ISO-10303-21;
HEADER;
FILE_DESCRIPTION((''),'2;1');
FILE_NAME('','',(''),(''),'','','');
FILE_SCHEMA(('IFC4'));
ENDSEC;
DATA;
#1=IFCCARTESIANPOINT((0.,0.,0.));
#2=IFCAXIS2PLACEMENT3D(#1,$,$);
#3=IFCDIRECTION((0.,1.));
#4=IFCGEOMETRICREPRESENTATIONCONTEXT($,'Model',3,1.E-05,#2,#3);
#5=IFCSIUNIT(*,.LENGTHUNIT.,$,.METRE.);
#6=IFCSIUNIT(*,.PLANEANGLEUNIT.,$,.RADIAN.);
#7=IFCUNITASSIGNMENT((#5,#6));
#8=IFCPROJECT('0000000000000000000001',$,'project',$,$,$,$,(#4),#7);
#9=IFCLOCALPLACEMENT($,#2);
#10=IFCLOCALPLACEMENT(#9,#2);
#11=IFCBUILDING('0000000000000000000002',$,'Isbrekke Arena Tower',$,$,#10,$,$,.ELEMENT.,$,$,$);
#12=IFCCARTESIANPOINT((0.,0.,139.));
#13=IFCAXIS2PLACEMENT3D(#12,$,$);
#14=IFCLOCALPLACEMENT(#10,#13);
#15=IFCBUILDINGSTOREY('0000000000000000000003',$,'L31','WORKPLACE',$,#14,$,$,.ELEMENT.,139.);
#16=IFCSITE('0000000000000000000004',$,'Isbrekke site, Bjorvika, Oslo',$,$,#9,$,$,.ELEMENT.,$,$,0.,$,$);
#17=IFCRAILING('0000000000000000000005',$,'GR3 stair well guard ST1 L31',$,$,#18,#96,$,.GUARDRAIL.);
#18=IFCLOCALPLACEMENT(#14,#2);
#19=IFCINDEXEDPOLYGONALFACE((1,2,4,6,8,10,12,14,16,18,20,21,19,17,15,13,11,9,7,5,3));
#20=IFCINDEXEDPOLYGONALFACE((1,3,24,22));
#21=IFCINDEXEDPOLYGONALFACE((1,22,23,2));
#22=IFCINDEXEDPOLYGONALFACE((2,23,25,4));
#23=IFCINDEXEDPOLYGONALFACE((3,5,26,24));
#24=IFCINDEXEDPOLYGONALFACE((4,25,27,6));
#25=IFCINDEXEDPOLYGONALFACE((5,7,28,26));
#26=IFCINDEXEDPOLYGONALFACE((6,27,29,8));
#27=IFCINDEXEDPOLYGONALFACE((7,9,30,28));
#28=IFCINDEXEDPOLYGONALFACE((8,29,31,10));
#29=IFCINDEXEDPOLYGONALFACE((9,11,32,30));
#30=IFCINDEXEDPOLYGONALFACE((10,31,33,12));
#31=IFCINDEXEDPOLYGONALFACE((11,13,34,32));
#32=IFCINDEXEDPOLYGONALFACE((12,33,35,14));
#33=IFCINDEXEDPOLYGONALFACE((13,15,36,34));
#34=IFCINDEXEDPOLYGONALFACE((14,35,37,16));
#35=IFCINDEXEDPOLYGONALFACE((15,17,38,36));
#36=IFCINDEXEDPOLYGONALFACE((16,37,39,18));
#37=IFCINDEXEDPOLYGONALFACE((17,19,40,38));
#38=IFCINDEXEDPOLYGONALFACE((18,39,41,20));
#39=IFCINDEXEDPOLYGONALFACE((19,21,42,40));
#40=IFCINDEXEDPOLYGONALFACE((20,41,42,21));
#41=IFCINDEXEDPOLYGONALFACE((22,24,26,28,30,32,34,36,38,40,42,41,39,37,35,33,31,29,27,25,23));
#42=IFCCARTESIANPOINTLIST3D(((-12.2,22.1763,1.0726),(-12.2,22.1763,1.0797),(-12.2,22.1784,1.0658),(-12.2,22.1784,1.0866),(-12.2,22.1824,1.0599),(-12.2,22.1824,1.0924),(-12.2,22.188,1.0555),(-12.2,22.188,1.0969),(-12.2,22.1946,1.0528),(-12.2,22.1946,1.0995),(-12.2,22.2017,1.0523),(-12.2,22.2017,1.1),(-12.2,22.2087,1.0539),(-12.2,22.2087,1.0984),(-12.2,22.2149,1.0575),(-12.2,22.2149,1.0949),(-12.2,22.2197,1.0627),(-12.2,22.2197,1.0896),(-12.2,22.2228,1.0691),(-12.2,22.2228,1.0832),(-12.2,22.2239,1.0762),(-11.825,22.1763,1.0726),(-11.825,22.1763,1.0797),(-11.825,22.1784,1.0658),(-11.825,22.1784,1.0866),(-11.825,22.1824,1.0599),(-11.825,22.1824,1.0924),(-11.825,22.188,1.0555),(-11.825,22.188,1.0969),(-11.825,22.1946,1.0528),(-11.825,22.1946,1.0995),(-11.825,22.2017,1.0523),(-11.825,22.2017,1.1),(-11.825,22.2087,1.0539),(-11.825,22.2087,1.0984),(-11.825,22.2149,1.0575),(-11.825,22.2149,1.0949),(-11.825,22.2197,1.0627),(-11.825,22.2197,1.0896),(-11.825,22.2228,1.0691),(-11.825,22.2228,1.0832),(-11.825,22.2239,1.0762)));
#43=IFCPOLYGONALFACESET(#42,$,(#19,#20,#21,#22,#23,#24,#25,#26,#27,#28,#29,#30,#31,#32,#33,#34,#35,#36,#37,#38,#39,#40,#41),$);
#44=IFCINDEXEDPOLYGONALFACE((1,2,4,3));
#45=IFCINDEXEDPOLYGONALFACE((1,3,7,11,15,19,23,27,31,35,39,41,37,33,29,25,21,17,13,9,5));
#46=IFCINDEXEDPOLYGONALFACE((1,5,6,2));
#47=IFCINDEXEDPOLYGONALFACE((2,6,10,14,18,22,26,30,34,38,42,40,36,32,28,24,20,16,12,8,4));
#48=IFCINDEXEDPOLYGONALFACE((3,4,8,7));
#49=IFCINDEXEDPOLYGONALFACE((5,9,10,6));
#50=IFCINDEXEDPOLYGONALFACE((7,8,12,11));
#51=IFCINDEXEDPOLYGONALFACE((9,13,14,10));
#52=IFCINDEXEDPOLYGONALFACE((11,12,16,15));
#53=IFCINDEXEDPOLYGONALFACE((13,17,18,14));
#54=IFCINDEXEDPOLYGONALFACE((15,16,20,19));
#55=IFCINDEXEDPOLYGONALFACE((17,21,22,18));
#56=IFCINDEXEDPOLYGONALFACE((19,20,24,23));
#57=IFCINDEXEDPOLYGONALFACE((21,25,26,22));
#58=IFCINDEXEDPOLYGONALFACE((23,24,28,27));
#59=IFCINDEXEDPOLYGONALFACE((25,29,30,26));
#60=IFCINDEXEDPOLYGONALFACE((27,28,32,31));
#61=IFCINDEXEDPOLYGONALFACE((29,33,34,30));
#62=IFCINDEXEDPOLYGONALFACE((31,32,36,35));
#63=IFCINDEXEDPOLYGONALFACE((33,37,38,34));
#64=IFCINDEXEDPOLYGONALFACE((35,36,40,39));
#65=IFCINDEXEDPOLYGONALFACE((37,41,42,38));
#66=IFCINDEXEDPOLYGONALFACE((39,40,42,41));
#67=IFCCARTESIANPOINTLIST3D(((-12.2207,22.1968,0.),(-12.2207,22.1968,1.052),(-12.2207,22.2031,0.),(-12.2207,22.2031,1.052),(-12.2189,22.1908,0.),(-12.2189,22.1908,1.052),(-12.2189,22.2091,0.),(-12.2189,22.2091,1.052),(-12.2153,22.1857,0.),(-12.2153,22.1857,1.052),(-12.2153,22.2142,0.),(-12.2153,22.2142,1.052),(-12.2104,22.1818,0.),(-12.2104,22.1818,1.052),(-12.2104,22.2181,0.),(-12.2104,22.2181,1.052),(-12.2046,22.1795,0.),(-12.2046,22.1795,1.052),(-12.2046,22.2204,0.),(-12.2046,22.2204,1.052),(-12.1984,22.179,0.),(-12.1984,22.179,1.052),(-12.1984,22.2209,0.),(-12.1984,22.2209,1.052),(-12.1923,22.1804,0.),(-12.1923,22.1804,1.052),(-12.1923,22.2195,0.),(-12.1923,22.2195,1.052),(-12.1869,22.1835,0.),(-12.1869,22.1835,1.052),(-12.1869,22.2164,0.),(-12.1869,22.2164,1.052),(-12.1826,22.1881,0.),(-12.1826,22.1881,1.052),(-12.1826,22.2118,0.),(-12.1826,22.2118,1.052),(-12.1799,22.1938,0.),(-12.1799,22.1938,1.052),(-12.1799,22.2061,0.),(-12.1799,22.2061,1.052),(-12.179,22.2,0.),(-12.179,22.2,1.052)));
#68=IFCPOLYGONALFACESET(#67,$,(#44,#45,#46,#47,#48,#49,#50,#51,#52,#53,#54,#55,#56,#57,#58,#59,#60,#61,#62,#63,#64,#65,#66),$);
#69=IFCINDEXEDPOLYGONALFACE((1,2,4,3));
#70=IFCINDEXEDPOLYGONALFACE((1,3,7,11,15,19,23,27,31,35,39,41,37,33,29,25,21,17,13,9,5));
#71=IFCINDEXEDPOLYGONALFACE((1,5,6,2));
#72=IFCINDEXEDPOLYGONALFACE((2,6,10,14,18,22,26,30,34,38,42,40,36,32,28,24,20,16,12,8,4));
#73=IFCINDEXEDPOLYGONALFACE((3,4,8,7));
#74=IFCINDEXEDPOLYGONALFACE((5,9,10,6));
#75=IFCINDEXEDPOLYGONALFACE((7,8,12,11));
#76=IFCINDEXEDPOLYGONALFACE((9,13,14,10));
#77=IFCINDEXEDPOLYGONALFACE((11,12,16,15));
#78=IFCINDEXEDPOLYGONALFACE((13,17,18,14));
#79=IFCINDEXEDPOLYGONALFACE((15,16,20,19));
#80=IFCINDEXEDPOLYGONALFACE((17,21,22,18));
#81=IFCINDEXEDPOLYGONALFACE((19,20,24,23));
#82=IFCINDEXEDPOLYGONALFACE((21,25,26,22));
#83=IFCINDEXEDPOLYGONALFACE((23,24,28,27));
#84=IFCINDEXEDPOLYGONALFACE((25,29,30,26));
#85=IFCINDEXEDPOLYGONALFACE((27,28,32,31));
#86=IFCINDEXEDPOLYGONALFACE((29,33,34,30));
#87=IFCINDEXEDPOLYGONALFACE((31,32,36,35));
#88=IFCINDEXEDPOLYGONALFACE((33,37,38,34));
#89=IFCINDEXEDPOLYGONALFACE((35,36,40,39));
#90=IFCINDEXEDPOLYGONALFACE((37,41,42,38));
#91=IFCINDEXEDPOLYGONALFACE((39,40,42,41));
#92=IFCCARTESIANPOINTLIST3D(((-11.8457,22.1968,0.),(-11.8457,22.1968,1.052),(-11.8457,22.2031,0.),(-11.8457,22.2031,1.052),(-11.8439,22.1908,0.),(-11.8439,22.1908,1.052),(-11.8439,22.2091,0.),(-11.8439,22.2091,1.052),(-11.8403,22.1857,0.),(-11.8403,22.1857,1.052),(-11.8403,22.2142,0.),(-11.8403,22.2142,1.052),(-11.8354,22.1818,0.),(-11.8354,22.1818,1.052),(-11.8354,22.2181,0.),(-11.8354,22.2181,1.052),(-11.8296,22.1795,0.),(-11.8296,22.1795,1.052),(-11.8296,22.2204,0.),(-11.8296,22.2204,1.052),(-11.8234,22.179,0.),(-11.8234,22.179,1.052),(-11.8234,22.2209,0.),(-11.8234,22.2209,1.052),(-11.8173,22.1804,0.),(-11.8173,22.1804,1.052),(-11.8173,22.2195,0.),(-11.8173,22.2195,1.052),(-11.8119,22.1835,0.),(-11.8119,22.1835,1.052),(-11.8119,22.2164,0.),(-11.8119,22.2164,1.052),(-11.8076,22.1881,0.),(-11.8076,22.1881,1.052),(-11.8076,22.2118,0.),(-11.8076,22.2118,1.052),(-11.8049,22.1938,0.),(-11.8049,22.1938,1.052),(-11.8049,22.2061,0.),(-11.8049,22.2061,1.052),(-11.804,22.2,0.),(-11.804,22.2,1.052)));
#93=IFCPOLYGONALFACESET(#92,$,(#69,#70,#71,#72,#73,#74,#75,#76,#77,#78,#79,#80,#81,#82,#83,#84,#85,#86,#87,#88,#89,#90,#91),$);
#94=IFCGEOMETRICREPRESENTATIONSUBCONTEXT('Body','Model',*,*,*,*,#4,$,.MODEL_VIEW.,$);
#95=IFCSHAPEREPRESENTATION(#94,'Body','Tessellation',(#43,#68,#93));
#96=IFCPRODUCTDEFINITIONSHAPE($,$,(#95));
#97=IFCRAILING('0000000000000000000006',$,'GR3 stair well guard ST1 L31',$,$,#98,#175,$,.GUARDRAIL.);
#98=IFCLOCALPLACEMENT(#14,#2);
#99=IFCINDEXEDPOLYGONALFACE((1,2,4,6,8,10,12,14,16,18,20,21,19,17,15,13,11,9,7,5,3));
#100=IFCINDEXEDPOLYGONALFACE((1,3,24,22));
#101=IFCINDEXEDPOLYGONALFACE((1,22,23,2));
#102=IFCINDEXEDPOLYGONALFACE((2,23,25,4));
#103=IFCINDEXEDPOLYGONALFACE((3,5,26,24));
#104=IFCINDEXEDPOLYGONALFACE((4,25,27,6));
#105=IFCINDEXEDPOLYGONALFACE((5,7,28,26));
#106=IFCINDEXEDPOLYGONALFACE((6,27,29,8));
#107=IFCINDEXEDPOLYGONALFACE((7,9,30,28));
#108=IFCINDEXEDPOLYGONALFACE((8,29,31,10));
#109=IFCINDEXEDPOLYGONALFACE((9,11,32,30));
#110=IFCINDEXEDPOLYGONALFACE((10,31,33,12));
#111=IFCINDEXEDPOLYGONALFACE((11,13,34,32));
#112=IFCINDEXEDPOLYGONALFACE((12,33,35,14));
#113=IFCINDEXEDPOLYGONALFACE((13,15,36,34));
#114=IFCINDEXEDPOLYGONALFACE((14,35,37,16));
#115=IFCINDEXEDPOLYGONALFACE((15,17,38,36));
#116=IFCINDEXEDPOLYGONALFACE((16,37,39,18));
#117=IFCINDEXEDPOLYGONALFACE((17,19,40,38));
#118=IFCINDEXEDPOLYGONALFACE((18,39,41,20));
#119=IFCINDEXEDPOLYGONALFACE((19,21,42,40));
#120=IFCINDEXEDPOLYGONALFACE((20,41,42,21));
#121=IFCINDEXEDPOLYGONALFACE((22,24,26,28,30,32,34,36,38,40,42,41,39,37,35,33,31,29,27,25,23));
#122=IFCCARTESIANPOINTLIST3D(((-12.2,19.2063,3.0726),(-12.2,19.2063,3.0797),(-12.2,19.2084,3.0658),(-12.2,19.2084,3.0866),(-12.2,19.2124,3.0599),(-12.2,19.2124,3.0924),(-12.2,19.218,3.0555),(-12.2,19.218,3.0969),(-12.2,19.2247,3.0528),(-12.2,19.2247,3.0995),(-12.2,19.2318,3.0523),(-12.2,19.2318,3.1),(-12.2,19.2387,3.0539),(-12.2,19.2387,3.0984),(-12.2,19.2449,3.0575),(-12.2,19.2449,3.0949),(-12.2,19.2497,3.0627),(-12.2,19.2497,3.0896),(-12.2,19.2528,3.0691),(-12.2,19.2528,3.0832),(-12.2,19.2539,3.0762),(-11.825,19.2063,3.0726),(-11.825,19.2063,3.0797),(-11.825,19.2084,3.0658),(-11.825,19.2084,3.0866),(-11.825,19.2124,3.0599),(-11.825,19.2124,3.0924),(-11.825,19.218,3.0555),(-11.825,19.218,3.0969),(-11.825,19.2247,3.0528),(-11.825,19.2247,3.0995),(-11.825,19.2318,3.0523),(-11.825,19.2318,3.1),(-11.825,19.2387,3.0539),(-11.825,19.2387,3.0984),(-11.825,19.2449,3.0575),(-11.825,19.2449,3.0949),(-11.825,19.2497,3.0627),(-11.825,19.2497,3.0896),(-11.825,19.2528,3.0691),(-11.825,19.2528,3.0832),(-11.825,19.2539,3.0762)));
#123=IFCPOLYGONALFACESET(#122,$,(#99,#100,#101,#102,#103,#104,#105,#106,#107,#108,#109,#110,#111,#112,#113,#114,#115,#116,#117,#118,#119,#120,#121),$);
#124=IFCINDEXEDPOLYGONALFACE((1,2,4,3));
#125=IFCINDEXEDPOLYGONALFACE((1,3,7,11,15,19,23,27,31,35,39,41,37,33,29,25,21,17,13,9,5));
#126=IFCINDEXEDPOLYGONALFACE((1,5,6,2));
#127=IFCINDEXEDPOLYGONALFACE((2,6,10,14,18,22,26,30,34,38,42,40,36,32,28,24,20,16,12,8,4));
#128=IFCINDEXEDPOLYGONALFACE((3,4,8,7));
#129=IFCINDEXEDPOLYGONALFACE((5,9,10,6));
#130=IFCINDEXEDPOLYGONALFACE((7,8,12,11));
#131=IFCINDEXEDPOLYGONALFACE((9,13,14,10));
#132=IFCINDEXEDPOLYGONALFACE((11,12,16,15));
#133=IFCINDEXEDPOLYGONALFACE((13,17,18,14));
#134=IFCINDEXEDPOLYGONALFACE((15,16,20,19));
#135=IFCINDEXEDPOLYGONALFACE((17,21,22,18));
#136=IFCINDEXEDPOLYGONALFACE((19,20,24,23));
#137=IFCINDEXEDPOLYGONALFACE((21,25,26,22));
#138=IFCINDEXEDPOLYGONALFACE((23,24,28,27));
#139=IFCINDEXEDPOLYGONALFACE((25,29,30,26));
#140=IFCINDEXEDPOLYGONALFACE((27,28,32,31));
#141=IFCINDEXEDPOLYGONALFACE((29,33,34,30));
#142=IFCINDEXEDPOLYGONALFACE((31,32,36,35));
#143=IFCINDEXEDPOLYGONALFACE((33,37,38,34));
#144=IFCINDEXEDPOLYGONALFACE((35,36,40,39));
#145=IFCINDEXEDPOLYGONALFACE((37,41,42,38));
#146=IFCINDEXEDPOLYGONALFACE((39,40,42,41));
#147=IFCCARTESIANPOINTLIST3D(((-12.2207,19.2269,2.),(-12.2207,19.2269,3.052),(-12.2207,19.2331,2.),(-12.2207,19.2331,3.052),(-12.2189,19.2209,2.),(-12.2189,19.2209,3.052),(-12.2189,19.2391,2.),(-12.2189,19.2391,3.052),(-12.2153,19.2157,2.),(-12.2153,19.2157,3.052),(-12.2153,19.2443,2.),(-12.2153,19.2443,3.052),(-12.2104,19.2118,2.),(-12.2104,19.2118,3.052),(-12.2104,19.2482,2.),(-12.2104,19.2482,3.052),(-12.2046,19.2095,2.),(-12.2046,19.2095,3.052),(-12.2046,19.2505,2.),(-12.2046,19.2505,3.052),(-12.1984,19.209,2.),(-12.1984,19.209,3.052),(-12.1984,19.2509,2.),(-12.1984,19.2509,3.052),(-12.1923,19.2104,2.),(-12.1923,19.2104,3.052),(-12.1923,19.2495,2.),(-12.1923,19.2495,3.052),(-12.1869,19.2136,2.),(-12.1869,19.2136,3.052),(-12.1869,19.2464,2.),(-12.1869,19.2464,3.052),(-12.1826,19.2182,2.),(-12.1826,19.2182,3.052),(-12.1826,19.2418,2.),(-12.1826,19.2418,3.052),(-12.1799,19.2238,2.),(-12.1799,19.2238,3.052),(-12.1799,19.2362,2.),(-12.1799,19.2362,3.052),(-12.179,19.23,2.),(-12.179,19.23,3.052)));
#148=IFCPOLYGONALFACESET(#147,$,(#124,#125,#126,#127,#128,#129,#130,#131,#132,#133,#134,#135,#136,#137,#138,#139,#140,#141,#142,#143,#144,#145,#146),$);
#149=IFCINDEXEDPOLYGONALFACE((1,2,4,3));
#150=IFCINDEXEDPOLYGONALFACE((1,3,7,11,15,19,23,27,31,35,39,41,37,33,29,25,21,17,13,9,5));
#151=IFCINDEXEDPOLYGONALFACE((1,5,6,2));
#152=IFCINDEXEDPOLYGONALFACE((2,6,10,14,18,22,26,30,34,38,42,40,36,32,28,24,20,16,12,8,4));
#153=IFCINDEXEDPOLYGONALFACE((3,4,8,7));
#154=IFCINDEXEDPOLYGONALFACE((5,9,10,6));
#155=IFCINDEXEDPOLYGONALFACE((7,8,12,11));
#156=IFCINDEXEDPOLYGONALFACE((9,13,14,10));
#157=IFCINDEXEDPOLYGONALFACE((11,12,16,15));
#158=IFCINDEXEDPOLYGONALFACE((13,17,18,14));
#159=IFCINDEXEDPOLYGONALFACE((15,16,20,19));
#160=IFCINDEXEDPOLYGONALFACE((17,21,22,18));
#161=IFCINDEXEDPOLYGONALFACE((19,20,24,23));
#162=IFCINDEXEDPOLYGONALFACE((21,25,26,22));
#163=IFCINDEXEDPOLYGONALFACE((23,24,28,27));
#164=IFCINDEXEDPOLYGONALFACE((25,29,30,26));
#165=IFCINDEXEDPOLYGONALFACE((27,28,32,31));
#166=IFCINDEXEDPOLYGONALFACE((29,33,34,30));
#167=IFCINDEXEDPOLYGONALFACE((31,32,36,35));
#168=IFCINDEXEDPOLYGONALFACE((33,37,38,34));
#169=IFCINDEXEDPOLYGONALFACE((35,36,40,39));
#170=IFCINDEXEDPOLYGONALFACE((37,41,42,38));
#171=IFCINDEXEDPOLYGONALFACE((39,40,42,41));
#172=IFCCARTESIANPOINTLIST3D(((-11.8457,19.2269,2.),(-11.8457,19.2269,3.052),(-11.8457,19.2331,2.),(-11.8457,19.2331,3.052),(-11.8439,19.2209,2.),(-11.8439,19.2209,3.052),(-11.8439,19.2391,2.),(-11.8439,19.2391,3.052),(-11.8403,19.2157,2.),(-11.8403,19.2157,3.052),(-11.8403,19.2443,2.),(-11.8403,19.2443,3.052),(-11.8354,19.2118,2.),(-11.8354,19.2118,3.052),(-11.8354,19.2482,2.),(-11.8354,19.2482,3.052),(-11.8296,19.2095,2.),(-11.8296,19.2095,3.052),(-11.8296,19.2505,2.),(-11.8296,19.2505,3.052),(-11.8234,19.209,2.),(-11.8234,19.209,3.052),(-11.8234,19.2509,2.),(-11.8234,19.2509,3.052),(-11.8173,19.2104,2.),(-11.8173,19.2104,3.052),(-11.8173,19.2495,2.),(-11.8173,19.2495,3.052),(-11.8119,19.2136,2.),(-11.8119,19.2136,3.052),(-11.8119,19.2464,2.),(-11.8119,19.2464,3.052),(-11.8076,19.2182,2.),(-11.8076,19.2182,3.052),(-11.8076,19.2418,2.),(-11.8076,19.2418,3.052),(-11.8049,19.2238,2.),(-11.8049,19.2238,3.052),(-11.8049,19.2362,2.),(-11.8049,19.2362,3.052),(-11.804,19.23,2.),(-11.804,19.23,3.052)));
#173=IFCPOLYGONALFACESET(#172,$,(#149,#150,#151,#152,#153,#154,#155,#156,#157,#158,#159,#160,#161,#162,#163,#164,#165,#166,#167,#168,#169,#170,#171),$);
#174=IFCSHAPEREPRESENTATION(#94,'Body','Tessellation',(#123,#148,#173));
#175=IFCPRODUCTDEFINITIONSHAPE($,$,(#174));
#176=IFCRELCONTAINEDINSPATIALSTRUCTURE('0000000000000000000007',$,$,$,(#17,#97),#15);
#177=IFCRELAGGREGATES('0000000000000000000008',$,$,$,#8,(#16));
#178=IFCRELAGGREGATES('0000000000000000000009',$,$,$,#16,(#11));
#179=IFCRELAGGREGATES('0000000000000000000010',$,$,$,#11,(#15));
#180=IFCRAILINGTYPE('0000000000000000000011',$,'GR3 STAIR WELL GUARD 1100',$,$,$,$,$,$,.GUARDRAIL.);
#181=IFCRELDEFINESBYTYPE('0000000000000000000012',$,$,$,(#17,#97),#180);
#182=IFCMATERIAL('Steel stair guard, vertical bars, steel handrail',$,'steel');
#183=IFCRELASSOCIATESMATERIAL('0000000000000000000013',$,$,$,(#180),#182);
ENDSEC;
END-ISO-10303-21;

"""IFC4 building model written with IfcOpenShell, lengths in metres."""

from ifc_helpers import new_model, si_unit, direction, frame, origin, origin_2d, place, context, subcontext, project, spatial, circle, extrude, material, type_object, element, save


model = new_model("IFC4")

# Units and contexts
model_context = context("Model", 3, precision=1e-05, world=origin(), true_north=direction((0.0, 1.0)))
body_context = subcontext(model_context, "Body", "Model", "MODEL_VIEW")
ifc_project = project(units=[si_unit("LENGTHUNIT", "METRE"), si_unit("PLANEANGLEUNIT", "RADIAN")], contexts=[model_context])

# Site, building, storey
site_placement = place(None, origin())
site = spatial("IfcSite", under=ifc_project, at=site_placement, Name="Isbrekke site, Bjorvika, Oslo", CompositionType="ELEMENT", RefElevation=0.0)
building_placement = place(site_placement, origin())
building = spatial("IfcBuilding", under=site, at=building_placement, Name="Isbrekke Arena Tower", CompositionType="ELEMENT")
storey_placement = place(building_placement, frame((0.0, 0.0, 139.0)))
storey = spatial("IfcBuildingStorey", under=building, at=storey_placement, Name="L31", Description="WORKPLACE", CompositionType="ELEMENT", Elevation=139.0)

# Railings
ifc_material_1 = material(Name="Steel stair guard, vertical bars, steel handrail", Category="steel")
railing_type = type_object("IfcRailingType", Name="GR3 STAIR WELL GUARD 1100", PredefinedType="GUARDRAIL", material=ifc_material_1)
for number, where, name in (
    (1, (-12.2, 22.2, 0.0), "GR3 stair well guard ST1 L31"),
    (2, (-12.2, 19.23, 2.0), "GR3 stair well guard ST1 L31"),
):
    element("IfcRailing", number, at=place(storey_placement, frame(where)), inside=storey, type_object=railing_type, Name=name, PredefinedType="GUARDRAIL", context=body_context, shape_type="SweptSolid", body=[
        extrude(circle(Radius=0.0239, at=origin_2d()), frame((0.0, 0.0, 1.0762), z_axis=(1.0, 0.0, 0.0), x_axis=(0.0, 1.0, 0.0)), (0.0, 0.0, 1.0), 0.375),
        extrude(circle(Radius=0.021, at=origin_2d()), origin(), (0.0, 0.0, 1.0), 1.052),
        extrude(circle(Radius=0.021, at=origin_2d()), frame((0.375, 0.0, 0.0)), (0.0, 0.0, 1.0), 1.052),
    ])

save(model, "model.ifc")
